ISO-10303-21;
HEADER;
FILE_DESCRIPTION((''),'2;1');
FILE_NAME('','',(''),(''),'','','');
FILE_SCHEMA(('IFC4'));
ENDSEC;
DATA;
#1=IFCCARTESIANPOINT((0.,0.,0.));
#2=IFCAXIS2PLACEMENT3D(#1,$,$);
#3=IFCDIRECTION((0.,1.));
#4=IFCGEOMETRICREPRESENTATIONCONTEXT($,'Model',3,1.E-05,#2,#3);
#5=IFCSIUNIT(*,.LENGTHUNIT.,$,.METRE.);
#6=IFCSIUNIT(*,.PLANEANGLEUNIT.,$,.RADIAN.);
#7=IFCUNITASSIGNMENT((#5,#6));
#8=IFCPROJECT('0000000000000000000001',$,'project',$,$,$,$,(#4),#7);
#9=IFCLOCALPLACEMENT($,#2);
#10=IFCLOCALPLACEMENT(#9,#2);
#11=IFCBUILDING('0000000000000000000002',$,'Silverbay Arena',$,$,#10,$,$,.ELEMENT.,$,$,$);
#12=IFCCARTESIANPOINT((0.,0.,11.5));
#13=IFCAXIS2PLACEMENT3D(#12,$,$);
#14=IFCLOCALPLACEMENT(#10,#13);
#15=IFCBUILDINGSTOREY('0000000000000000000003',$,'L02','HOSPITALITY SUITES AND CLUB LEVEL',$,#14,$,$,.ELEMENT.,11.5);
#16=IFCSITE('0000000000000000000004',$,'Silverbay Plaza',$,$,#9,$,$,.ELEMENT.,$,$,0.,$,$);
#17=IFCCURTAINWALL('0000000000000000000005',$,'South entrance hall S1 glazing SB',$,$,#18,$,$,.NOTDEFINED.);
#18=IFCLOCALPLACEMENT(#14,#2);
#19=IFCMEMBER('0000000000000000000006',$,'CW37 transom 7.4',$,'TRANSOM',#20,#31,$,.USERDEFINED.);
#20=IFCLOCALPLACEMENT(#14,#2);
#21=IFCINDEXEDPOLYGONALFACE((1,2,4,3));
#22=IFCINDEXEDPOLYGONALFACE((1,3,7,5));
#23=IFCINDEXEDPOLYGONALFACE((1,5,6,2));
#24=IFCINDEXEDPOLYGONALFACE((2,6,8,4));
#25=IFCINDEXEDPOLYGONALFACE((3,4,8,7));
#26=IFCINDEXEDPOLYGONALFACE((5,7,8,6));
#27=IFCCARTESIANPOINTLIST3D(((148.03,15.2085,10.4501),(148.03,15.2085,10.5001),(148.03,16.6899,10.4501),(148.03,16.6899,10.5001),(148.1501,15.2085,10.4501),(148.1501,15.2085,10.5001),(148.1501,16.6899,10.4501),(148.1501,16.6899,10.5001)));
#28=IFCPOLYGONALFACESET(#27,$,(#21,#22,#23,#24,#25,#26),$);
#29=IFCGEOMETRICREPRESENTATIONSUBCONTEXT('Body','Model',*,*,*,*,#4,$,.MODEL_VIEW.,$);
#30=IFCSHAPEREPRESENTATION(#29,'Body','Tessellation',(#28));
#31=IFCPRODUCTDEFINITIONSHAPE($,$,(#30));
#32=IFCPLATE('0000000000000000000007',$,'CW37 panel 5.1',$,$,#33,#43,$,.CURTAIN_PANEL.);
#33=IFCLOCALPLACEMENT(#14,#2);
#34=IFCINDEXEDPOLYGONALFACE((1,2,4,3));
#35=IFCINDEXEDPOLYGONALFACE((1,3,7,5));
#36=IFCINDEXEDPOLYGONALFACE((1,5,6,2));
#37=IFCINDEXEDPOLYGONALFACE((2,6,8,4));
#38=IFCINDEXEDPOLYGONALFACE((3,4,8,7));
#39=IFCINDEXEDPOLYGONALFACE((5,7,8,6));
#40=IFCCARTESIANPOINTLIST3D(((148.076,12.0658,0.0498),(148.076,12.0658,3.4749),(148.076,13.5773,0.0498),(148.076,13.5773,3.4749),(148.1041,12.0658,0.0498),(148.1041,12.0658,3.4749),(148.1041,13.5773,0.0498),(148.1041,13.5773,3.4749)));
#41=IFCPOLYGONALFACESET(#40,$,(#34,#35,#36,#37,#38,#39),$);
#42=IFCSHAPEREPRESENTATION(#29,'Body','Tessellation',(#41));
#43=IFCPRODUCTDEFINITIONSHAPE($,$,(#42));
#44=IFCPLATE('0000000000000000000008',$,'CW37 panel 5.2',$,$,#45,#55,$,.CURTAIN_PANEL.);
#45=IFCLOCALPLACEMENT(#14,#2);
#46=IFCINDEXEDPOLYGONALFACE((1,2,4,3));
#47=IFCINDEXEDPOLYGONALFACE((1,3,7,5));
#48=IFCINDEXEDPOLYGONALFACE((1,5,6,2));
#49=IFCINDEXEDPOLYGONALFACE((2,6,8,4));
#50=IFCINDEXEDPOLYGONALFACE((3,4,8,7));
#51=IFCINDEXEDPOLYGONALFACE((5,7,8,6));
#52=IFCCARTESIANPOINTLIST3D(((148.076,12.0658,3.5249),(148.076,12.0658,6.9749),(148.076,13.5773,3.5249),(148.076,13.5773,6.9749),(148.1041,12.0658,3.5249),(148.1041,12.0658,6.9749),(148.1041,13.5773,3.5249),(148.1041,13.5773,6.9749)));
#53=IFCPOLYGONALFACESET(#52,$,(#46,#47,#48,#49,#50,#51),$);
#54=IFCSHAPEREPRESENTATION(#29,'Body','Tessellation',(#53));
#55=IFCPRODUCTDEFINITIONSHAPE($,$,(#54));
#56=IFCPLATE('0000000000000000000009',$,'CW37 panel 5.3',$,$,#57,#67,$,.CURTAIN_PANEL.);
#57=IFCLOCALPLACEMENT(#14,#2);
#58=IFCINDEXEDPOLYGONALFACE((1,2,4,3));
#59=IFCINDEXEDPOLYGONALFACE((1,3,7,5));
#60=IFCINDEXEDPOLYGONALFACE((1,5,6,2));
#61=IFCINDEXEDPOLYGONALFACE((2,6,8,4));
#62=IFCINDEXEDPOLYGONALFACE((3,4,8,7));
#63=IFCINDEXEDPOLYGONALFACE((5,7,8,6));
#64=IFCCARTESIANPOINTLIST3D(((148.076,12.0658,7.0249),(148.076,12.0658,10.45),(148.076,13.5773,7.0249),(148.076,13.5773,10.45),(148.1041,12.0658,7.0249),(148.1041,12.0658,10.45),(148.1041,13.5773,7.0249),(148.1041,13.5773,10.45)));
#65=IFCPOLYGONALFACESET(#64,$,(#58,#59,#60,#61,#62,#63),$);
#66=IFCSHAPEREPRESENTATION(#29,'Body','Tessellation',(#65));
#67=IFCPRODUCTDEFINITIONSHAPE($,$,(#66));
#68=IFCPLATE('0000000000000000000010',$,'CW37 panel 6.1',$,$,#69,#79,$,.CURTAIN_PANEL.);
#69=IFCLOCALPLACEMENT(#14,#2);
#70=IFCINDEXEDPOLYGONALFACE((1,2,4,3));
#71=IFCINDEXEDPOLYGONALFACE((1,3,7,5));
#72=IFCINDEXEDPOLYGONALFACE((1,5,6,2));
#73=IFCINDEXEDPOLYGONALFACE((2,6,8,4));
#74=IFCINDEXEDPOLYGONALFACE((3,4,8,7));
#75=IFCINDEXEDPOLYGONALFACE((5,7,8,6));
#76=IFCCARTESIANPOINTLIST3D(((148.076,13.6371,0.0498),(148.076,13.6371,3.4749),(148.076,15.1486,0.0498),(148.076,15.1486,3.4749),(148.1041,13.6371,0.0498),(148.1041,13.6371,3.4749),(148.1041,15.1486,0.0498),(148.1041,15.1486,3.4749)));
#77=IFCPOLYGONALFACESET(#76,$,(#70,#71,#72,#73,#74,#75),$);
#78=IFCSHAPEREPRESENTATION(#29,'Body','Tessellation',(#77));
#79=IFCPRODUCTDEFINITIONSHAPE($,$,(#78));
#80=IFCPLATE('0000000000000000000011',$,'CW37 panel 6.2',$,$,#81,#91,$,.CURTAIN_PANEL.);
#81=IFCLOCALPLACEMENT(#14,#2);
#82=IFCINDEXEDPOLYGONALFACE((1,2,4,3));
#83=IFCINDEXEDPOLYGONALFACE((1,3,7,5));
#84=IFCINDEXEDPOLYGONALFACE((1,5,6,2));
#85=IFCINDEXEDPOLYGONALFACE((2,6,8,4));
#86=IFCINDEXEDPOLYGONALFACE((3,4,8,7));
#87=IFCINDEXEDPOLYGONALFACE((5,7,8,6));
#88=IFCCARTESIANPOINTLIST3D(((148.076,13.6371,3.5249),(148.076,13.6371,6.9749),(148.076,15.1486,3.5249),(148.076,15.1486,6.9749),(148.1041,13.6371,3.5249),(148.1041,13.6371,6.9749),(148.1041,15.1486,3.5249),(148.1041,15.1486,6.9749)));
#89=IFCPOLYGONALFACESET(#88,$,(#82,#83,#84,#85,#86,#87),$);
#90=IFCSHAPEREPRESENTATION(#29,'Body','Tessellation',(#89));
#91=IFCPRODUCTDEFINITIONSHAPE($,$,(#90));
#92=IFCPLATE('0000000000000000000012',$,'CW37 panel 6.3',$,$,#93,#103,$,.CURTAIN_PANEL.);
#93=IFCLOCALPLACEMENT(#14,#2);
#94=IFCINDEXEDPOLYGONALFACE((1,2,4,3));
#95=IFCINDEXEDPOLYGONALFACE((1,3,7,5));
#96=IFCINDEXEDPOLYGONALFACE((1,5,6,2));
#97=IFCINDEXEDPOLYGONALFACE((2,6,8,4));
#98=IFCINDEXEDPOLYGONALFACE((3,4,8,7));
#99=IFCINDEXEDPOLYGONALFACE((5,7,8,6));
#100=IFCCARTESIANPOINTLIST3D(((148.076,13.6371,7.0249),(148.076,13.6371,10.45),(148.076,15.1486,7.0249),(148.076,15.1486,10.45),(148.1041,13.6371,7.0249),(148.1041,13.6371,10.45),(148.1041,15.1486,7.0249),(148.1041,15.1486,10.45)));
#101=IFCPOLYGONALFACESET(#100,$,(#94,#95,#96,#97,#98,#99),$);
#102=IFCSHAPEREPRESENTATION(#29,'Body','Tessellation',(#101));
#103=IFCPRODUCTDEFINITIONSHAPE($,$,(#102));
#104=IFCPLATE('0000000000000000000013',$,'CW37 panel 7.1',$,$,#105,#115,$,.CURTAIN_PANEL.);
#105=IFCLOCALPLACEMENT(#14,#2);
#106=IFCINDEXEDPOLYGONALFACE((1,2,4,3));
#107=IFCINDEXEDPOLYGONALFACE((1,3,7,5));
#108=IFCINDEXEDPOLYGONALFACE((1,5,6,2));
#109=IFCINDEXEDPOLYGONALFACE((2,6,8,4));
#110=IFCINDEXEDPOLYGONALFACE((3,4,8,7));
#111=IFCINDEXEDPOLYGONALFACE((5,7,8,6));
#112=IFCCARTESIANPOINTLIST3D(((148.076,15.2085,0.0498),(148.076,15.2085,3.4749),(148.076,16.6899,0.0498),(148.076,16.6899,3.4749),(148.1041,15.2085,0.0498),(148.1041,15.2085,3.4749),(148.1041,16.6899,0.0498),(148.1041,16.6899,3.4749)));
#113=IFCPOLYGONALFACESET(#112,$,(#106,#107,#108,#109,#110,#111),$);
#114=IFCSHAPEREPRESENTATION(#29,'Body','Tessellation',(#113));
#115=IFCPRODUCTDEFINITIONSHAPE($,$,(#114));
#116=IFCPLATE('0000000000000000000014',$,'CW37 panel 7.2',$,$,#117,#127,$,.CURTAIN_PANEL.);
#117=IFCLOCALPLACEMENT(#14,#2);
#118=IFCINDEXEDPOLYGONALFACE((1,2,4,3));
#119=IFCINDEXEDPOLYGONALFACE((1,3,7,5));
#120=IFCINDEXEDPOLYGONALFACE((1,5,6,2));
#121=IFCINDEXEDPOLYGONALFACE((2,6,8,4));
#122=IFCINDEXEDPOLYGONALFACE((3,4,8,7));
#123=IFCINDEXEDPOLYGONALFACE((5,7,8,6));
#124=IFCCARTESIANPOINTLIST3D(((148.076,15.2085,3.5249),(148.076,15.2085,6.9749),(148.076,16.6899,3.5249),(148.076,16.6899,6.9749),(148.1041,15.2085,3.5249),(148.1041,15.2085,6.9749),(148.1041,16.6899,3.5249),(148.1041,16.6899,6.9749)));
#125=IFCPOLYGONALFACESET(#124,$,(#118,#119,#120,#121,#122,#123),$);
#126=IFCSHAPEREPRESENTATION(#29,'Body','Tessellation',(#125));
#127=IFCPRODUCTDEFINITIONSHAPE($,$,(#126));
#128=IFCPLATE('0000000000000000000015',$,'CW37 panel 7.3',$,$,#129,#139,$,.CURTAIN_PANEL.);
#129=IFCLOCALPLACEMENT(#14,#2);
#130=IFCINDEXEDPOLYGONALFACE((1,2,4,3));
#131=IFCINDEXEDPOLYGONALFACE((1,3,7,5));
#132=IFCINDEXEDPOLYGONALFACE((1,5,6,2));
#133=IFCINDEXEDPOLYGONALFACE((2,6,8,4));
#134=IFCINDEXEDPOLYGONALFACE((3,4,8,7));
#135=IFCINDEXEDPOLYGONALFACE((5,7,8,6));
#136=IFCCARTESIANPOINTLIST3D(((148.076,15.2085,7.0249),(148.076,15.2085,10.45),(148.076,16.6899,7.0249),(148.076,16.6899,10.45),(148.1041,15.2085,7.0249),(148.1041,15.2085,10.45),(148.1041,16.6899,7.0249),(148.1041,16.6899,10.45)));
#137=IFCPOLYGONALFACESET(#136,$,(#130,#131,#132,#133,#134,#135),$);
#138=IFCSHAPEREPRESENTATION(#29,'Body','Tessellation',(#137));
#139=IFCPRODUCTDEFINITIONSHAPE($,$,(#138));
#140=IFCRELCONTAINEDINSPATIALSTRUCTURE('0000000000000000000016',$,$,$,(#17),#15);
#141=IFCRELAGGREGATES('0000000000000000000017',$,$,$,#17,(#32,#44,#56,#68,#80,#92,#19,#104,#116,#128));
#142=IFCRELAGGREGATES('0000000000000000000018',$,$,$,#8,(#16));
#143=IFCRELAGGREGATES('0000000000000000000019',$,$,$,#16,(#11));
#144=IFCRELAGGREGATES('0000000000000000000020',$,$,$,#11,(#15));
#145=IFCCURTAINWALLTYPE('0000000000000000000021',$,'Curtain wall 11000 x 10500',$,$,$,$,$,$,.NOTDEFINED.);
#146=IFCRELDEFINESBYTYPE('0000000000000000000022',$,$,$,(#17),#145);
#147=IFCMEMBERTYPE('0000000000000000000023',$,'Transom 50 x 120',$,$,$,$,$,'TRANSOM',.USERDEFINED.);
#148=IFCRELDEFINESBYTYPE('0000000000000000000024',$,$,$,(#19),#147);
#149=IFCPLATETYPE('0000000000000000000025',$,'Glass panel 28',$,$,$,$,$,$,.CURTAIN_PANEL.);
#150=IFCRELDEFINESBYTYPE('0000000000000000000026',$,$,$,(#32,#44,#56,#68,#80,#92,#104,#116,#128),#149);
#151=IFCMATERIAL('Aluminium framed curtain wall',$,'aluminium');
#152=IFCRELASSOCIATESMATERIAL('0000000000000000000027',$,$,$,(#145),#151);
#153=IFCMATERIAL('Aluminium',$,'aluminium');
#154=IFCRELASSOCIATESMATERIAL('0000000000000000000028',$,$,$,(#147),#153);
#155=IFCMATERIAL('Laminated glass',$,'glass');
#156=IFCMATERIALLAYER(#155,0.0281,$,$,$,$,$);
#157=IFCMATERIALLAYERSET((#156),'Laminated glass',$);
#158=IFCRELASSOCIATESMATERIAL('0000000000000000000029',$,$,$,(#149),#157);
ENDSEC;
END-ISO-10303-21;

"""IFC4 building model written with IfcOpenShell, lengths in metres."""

from ifc_helpers import new_model, si_unit, direction, frame, origin, origin_2d, place, context, subcontext, project, spatial, rectangle, extrude, material, layer, layer_set, material_profile, profile_set, type_object, element, aggregate, save


model = new_model("IFC4")

# Units and contexts
model_context = context("Model", 3, precision=1e-05, world=origin(), true_north=direction((0.0, 1.0)))
body_context = subcontext(model_context, "Body", "Model", "MODEL_VIEW")
ifc_project = project(units=[si_unit("LENGTHUNIT", "METRE"), si_unit("PLANEANGLEUNIT", "RADIAN")], contexts=[model_context])

# Site, building, storey
site_placement = place(None, origin())
site = spatial("IfcSite", under=ifc_project, at=site_placement, Name="Silverbay Plaza", CompositionType="ELEMENT", RefElevation=0.0)
building_placement = place(site_placement, origin())
building = spatial("IfcBuilding", under=site, at=building_placement, Name="Silverbay Arena", CompositionType="ELEMENT")
storey_placement = place(building_placement, frame((0.0, 0.0, 11.5)))
storey = spatial("IfcBuildingStorey", under=building, at=storey_placement, Name="L02", Description="HOSPITALITY SUITES AND CLUB LEVEL", CompositionType="ELEMENT", Elevation=11.5)

# Curtain wall, member, plates
ifc_material_1 = material(Name="Aluminium framed curtain wall", Category="aluminium")
curtain_wall_type = type_object("IfcCurtainWallType", Name="Curtain wall 11000 x 10500", PredefinedType="NOTDEFINED", material=ifc_material_1)
curtain_wall_placement = place(storey_placement, origin())
curtain_wall = element("IfcCurtainWall", 1, at=curtain_wall_placement, inside=storey, type_object=curtain_wall_type, Name="South entrance hall S1 glazing SB", PredefinedType="NOTDEFINED")
ifc_material_2 = material(Name="Aluminium", Category="aluminium")
ifc_material_profile_1 = material_profile(ifc_material_2, rectangle(XDim=0.1201, YDim=0.05, at=origin_2d()), Name="Transom 50 x 120")
ifc_profile_set_1 = profile_set([ifc_material_profile_1], Name="Aluminium")
member_type_1 = type_object("IfcMemberType", Name="Transom 50 x 120", ElementType="TRANSOM", PredefinedType="USERDEFINED", material=ifc_profile_set_1)
member_1_placement = place(storey_placement, frame((148.0901, 15.2085, 10.4751), z_axis=(0.0, 1.0, 0.0), x_axis=(-1.0, 0.0, 0.0)))
member_1 = element("IfcMember", 2, at=member_1_placement, type_object=member_type_1, Name="CW37 transom 7.4", ObjectType="TRANSOM", PredefinedType="USERDEFINED", context=body_context, shape_type="SweptSolid", body=[
    extrude(rectangle(XDim=0.1201, YDim=0.05, at=origin_2d()), origin(), (0.0, 0.0, 1.0), 1.4814),
])
ifc_material_3 = material(Name="Laminated glass", Category="glass")
ifc_layer = layer(ifc_material_3, 0.0281)
ifc_layer_set = layer_set([ifc_layer], Name="Laminated glass")
plate_type = type_object("IfcPlateType", Name="Glass panel 28", PredefinedType="CURTAIN_PANEL", material=ifc_layer_set)
plate_1_placement = place(storey_placement, frame((148.0901, 12.8215, 0.0498), z_axis=(0.0, 0.0, 1.0), x_axis=(0.0, 1.0, 0.0)))
plate_1 = element("IfcPlate", 3, at=plate_1_placement, type_object=plate_type, Name="CW37 panel 5.1", PredefinedType="CURTAIN_PANEL", context=body_context, shape_type="SweptSolid", body=[
    extrude(rectangle(XDim=1.5115, YDim=0.0281, at=origin_2d()), origin(), (0.0, 0.0, 1.0), 3.425),
])
plate_2_placement = place(storey_placement, frame((148.0901, 12.8215, 3.5249), z_axis=(0.0, 0.0, 1.0), x_axis=(0.0, 1.0, 0.0)))
plate_2 = element("IfcPlate", 4, at=plate_2_placement, type_object=plate_type, Name="CW37 panel 5.2", PredefinedType="CURTAIN_PANEL", context=body_context, shape_type="SweptSolid", body=[
    extrude(rectangle(XDim=1.5115, YDim=0.0281, at=origin_2d()), origin(), (0.0, 0.0, 1.0), 3.45),
])
plate_3_placement = place(storey_placement, frame((148.0901, 12.8215, 7.0249), z_axis=(0.0, 0.0, 1.0), x_axis=(0.0, 1.0, 0.0)))
plate_3 = element("IfcPlate", 5, at=plate_3_placement, type_object=plate_type, Name="CW37 panel 5.3", PredefinedType="CURTAIN_PANEL", context=body_context, shape_type="SweptSolid", body=[
    extrude(rectangle(XDim=1.5115, YDim=0.0281, at=origin_2d()), origin(), (0.0, 0.0, 1.0), 3.425),
])
plate_4_placement = place(storey_placement, frame((148.0901, 14.3928, 0.0498), z_axis=(0.0, 0.0, 1.0), x_axis=(0.0, 1.0, 0.0)))
plate_4 = element("IfcPlate", 6, at=plate_4_placement, type_object=plate_type, Name="CW37 panel 6.1", PredefinedType="CURTAIN_PANEL", context=body_context, shape_type="SweptSolid", body=[
    extrude(rectangle(XDim=1.5115, YDim=0.0281, at=origin_2d()), origin(), (0.0, 0.0, 1.0), 3.425),
])
plate_5_placement = place(storey_placement, frame((148.0901, 14.3928, 3.5249), z_axis=(0.0, 0.0, 1.0), x_axis=(0.0, 1.0, 0.0)))
plate_5 = element("IfcPlate", 7, at=plate_5_placement, type_object=plate_type, Name="CW37 panel 6.2", PredefinedType="CURTAIN_PANEL", context=body_context, shape_type="SweptSolid", body=[
    extrude(rectangle(XDim=1.5115, YDim=0.0281, at=origin_2d()), origin(), (0.0, 0.0, 1.0), 3.45),
])
plate_6_placement = place(storey_placement, frame((148.0901, 14.3928, 7.0249), z_axis=(0.0, 0.0, 1.0), x_axis=(0.0, 1.0, 0.0)))
plate_6 = element("IfcPlate", 8, at=plate_6_placement, type_object=plate_type, Name="CW37 panel 6.3", PredefinedType="CURTAIN_PANEL", context=body_context, shape_type="SweptSolid", body=[
    extrude(rectangle(XDim=1.5115, YDim=0.0281, at=origin_2d()), origin(), (0.0, 0.0, 1.0), 3.425),
])
plate_7_placement = place(storey_placement, frame((148.0901, 15.9492, 0.0498), z_axis=(0.0, 0.0, 1.0), x_axis=(0.0, 1.0, 0.0)))
plate_7 = element("IfcPlate", 9, at=plate_7_placement, type_object=plate_type, Name="CW37 panel 7.1", PredefinedType="CURTAIN_PANEL", context=body_context, shape_type="SweptSolid", body=[
    extrude(rectangle(XDim=1.4814, YDim=0.0281, at=origin_2d()), origin(), (0.0, 0.0, 1.0), 3.425),
])
plate_8_placement = place(storey_placement, frame((148.0901, 15.9492, 3.5249), z_axis=(0.0, 0.0, 1.0), x_axis=(0.0, 1.0, 0.0)))
plate_8 = element("IfcPlate", 10, at=plate_8_placement, type_object=plate_type, Name="CW37 panel 7.2", PredefinedType="CURTAIN_PANEL", context=body_context, shape_type="SweptSolid", body=[
    extrude(rectangle(XDim=1.4814, YDim=0.0281, at=origin_2d()), origin(), (0.0, 0.0, 1.0), 3.45),
])
plate_9_placement = place(storey_placement, frame((148.0901, 15.9492, 7.0249), z_axis=(0.0, 0.0, 1.0), x_axis=(0.0, 1.0, 0.0)))
plate_9 = element("IfcPlate", 11, at=plate_9_placement, type_object=plate_type, Name="CW37 panel 7.3", PredefinedType="CURTAIN_PANEL", context=body_context, shape_type="SweptSolid", body=[
    extrude(rectangle(XDim=1.4814, YDim=0.0281, at=origin_2d()), origin(), (0.0, 0.0, 1.0), 3.425),
])
aggregate(curtain_wall, [plate_1, plate_2, plate_3, plate_4, plate_5, plate_6, member_1, plate_7, plate_8, plate_9])

save(model, "model.ifc")
